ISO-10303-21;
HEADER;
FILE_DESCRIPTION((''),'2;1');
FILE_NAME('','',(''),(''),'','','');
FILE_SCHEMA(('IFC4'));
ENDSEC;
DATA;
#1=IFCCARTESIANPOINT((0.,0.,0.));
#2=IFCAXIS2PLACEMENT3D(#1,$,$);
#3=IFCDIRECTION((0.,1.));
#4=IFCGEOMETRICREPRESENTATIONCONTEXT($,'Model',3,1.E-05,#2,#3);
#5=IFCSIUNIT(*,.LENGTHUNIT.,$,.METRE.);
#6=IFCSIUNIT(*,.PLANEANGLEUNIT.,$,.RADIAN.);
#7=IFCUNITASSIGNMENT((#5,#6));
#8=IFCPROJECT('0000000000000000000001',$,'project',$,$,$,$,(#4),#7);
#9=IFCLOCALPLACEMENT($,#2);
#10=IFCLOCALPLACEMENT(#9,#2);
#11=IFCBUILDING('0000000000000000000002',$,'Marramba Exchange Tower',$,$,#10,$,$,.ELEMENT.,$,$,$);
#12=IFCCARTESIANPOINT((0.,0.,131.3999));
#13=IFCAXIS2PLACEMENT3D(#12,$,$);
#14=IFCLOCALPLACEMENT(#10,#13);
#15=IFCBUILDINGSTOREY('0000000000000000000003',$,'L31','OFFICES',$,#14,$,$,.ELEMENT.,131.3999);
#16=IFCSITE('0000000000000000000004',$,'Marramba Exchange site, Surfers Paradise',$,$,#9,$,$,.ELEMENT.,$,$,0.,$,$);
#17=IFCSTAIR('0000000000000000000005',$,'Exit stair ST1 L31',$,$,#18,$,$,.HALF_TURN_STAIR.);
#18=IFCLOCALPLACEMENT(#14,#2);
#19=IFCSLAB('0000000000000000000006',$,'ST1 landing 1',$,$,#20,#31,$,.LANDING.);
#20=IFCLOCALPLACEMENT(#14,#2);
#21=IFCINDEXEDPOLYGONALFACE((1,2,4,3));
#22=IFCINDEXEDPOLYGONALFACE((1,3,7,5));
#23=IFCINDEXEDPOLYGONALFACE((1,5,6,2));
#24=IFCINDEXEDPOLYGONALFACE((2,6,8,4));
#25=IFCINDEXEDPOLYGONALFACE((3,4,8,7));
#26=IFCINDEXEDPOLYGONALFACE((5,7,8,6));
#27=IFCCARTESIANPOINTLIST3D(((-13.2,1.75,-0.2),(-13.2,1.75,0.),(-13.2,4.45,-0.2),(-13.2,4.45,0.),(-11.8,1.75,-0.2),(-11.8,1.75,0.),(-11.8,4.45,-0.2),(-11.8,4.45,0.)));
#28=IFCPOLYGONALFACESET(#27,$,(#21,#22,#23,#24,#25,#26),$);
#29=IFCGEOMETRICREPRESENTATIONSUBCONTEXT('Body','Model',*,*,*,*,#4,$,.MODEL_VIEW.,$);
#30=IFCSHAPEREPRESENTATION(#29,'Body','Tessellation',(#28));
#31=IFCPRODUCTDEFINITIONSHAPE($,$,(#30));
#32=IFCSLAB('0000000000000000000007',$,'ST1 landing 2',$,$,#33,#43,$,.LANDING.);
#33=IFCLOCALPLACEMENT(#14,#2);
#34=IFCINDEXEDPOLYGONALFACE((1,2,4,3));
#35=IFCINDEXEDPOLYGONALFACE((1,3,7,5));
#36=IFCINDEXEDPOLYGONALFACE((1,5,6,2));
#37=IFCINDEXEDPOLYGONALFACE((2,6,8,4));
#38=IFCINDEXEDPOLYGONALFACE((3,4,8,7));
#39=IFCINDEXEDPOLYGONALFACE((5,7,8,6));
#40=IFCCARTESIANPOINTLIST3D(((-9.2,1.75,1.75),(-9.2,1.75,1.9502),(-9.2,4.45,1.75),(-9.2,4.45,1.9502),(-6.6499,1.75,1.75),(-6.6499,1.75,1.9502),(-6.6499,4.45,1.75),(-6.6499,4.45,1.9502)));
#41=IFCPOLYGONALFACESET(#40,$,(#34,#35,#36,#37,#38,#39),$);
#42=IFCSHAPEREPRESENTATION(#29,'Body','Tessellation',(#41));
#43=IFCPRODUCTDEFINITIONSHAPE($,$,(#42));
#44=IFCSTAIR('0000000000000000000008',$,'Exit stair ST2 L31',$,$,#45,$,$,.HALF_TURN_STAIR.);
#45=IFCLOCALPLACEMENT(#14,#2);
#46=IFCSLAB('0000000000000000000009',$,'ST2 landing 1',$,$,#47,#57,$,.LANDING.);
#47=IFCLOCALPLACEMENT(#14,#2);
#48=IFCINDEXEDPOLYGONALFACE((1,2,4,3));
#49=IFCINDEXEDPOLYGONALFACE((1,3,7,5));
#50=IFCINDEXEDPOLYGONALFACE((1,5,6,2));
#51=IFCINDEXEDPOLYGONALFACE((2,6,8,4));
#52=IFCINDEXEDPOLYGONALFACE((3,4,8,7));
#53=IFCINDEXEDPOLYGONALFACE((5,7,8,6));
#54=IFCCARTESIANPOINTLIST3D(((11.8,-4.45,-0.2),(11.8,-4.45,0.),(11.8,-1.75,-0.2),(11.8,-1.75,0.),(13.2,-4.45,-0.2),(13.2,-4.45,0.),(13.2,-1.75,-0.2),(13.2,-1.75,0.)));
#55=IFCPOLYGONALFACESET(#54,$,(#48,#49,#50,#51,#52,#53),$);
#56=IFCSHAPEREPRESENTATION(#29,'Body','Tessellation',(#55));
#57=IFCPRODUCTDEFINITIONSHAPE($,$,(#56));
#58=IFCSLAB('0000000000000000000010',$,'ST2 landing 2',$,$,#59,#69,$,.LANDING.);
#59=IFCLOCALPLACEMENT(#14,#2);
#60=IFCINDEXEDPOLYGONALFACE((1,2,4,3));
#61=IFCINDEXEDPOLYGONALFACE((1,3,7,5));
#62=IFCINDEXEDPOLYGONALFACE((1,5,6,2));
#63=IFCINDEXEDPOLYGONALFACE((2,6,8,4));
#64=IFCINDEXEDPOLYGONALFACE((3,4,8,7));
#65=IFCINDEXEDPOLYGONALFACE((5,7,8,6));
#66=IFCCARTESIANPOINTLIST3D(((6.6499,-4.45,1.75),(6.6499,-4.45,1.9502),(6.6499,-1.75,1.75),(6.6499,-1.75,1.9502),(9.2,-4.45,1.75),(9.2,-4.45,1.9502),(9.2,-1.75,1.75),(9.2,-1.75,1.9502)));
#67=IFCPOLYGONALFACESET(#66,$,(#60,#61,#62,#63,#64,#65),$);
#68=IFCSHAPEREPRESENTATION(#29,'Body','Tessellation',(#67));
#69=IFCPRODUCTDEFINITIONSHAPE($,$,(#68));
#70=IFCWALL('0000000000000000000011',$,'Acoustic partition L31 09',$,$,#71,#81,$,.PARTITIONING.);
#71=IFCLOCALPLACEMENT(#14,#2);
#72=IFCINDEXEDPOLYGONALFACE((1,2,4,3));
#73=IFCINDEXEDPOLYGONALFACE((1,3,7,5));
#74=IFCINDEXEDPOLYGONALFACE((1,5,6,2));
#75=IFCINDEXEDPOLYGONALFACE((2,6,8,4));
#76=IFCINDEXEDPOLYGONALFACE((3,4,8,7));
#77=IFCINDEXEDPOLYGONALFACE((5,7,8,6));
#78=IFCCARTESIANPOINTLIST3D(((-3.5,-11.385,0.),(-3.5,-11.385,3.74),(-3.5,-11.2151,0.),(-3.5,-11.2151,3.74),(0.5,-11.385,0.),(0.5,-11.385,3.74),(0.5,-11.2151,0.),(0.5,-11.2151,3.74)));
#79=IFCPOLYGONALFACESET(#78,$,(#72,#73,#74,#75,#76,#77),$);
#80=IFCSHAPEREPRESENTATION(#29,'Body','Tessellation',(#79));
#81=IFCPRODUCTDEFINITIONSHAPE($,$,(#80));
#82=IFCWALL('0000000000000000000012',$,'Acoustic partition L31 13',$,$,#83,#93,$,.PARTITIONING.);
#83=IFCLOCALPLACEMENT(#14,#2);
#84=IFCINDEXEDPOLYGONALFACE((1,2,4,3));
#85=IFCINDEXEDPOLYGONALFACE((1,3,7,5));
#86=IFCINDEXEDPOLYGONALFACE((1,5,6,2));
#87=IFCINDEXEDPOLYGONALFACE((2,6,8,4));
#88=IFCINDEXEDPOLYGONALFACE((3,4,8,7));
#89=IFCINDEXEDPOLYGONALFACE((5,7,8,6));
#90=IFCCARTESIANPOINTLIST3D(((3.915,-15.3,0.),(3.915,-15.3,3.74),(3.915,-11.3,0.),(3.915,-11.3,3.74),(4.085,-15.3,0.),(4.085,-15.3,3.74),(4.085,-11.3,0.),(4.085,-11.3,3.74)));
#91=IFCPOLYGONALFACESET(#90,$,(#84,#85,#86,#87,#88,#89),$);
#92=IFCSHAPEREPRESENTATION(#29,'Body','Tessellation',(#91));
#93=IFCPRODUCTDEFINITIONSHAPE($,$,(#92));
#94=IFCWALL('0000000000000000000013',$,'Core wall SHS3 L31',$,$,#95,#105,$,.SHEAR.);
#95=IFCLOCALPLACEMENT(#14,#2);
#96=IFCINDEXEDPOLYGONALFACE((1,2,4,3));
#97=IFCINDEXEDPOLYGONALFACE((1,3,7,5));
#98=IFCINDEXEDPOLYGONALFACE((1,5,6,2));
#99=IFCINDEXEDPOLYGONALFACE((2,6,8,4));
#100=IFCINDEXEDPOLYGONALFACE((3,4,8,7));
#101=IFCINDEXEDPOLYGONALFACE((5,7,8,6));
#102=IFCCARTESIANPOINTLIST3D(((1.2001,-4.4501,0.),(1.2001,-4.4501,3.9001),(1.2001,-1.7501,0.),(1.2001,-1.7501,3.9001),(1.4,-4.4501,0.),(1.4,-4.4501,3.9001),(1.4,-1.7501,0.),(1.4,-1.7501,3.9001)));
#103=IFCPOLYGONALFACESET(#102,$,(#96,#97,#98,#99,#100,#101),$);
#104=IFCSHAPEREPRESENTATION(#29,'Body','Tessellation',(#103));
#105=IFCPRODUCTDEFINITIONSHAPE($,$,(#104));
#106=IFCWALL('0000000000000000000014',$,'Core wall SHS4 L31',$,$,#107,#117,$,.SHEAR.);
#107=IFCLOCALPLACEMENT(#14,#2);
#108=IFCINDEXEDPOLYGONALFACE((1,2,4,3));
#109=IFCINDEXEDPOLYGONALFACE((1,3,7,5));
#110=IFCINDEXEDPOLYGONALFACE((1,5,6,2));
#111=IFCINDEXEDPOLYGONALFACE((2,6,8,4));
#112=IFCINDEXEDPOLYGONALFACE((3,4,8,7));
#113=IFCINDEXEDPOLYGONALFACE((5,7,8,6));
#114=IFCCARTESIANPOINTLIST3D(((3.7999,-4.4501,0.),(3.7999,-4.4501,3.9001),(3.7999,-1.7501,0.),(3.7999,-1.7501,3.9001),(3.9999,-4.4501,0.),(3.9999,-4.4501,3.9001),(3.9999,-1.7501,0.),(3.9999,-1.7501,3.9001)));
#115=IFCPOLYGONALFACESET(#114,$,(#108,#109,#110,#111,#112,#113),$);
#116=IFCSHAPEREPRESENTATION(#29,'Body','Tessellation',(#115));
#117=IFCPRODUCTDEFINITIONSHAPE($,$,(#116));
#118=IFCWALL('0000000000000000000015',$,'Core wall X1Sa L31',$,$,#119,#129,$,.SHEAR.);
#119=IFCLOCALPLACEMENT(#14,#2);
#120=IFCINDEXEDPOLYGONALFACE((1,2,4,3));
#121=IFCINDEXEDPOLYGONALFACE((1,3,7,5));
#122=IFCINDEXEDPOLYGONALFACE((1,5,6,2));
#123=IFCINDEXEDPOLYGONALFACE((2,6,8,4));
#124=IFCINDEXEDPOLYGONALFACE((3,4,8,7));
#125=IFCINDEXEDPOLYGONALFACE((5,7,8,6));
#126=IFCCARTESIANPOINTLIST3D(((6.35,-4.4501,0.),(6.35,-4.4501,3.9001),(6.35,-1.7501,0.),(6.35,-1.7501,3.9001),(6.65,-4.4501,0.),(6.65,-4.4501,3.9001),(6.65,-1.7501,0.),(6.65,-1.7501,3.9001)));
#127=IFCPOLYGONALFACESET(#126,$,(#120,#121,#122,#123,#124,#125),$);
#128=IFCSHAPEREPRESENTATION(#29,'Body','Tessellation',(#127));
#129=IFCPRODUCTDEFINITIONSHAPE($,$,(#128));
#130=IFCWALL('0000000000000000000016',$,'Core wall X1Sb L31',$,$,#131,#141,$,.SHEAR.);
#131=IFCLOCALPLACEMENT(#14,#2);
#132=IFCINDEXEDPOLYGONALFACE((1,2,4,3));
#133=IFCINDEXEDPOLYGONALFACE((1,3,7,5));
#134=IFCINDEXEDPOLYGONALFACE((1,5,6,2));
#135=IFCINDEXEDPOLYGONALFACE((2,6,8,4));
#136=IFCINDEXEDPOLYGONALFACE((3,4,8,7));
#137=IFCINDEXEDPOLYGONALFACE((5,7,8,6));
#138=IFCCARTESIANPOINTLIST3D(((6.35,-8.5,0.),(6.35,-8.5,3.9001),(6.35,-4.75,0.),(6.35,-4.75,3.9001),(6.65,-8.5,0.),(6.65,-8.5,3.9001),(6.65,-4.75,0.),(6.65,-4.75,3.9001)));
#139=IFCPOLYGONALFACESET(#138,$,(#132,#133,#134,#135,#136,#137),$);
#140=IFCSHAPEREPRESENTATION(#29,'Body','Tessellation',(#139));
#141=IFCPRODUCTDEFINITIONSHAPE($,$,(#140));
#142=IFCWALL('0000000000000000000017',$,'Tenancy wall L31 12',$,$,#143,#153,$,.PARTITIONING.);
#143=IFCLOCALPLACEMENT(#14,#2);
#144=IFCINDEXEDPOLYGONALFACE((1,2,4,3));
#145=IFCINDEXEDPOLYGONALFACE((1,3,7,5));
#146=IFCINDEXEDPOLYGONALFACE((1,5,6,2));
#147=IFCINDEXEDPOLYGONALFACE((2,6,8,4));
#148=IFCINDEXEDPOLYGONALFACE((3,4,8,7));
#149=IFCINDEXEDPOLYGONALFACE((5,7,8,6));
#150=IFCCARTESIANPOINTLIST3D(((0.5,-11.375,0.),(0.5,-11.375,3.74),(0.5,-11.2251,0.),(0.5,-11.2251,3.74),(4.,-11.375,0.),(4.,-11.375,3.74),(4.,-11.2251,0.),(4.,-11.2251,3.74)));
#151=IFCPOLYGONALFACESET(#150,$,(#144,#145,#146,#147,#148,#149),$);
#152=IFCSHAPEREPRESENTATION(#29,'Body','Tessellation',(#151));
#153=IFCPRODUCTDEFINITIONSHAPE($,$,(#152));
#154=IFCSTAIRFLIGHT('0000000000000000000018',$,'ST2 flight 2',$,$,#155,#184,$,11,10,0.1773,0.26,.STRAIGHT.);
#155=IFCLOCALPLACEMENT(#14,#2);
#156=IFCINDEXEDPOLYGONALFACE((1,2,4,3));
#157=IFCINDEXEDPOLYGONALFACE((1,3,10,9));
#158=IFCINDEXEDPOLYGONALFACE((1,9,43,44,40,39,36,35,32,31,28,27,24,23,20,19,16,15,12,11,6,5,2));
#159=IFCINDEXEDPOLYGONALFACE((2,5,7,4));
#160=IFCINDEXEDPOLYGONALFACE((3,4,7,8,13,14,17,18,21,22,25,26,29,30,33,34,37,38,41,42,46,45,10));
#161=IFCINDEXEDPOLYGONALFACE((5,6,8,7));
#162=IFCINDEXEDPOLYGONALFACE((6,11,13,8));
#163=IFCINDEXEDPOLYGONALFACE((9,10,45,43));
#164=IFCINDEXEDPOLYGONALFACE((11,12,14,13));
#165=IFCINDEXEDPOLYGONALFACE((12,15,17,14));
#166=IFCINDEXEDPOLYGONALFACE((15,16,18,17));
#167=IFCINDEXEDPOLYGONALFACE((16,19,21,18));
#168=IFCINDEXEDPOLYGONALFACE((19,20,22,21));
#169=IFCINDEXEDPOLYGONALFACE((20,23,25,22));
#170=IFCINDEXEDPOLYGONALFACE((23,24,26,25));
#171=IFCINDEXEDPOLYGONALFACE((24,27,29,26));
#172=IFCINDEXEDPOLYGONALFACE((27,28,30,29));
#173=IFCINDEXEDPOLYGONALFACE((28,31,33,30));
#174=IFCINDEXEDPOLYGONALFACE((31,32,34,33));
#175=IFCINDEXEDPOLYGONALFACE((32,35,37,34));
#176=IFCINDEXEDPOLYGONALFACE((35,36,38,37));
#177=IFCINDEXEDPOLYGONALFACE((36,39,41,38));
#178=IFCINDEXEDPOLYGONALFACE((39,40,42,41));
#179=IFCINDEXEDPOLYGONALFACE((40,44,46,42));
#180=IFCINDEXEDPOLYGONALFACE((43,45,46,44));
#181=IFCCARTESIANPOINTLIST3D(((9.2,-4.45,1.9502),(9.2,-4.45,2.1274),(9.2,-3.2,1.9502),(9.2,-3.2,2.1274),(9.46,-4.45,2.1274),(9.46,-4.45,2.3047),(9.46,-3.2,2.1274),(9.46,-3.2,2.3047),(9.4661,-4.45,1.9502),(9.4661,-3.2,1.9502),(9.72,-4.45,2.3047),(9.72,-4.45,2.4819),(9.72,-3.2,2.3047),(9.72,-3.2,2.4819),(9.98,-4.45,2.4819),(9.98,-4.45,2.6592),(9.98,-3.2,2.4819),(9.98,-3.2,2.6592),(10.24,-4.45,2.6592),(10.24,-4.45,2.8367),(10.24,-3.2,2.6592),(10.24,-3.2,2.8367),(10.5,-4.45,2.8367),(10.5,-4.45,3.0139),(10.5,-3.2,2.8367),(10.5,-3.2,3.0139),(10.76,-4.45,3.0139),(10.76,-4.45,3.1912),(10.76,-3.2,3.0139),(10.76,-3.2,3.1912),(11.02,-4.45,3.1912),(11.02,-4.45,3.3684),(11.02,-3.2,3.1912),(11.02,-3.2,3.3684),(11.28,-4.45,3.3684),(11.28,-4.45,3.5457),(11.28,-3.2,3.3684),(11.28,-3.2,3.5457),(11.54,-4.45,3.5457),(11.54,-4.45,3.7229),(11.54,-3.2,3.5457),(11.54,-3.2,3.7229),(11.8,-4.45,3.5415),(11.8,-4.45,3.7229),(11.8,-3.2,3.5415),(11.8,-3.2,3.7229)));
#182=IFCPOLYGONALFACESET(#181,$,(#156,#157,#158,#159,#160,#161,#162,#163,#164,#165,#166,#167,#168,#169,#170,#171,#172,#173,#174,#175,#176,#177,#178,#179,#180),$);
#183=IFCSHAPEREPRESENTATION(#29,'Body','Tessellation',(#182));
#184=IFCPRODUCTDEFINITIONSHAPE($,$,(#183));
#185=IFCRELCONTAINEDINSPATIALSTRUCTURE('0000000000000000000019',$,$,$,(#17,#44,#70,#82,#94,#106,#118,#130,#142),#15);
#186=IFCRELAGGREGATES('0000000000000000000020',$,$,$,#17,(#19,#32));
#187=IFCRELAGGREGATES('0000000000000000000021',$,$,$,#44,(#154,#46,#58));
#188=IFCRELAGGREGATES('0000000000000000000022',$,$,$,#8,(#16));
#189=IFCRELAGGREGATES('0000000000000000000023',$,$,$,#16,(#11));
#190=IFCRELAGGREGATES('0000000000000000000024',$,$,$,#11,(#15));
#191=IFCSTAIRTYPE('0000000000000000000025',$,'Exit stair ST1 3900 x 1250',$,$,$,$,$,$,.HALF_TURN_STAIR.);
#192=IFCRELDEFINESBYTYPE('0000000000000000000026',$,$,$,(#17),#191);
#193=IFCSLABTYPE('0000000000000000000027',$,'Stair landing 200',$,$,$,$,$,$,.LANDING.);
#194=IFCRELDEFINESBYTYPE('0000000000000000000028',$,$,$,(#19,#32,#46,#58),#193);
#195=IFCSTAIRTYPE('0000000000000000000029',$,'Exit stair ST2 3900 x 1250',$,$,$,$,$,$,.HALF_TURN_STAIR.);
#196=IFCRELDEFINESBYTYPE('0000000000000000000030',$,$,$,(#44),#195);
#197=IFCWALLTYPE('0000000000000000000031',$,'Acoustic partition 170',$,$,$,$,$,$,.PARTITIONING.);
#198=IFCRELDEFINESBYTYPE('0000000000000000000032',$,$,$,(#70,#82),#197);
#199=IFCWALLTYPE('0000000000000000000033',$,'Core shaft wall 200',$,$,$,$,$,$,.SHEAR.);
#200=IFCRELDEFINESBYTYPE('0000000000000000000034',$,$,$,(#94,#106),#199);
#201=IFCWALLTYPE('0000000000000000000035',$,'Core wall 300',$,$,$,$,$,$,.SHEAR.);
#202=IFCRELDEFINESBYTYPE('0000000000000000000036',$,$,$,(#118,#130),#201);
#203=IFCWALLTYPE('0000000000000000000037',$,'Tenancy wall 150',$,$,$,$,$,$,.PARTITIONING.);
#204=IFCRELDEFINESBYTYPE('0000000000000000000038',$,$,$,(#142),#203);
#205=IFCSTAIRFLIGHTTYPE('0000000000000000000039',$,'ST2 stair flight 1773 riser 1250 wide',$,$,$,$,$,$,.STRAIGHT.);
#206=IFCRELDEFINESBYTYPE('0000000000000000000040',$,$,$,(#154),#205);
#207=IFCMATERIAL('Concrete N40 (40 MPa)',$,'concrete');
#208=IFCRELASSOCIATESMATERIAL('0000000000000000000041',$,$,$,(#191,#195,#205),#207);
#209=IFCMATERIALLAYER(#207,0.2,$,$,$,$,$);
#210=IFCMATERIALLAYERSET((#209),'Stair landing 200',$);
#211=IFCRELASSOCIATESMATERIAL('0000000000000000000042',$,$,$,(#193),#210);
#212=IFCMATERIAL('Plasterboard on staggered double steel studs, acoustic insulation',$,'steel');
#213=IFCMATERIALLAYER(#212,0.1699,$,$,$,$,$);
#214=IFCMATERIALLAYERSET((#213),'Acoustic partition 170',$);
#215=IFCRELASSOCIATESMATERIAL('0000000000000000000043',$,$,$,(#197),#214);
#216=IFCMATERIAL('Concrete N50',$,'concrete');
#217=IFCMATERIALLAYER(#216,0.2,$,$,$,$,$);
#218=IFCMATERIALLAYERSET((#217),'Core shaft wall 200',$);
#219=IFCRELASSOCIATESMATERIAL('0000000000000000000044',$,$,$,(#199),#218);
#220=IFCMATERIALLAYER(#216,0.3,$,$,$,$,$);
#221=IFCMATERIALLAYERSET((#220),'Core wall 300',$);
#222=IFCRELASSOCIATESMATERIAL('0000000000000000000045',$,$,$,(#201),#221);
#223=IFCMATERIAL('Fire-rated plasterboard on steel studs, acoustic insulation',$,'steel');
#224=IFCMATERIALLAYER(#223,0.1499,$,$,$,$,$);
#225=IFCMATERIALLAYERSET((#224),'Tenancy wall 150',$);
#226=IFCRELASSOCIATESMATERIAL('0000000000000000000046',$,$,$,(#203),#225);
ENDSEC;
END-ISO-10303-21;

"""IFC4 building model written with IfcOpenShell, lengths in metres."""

from ifc_helpers import new_model, si_unit, direction, frame, frame_2d, origin, place, context, subcontext, project, spatial, polyline, rectangle, outline, extrude, material, layer, layer_set, type_object, element, aggregate, save


model = new_model("IFC4")

# Units and contexts
model_context = context("Model", 3, precision=1e-05, world=origin(), true_north=direction((0.0, 1.0)))
body_context = subcontext(model_context, "Body", "Model", "MODEL_VIEW")
ifc_project = project(units=[si_unit("LENGTHUNIT", "METRE"), si_unit("PLANEANGLEUNIT", "RADIAN")], contexts=[model_context])

# Site, building, storey
site_placement = place(None, origin())
site = spatial("IfcSite", under=ifc_project, at=site_placement, Name="Marramba Exchange site, Surfers Paradise", CompositionType="ELEMENT", RefElevation=0.0)
building_placement = place(site_placement, origin())
building = spatial("IfcBuilding", under=site, at=building_placement, Name="Marramba Exchange Tower", CompositionType="ELEMENT")
storey_placement = place(building_placement, frame((0.0, 0.0, 131.3999)))
storey = spatial("IfcBuildingStorey", under=building, at=storey_placement, Name="L31", Description="OFFICES", CompositionType="ELEMENT", Elevation=131.3999)

# Stairs, slabs
ifc_material_1 = material(Name="Concrete N40 (40 MPa)", Category="concrete")
stair_type_1 = type_object("IfcStairType", Name="Exit stair ST1 3900 x 1250", PredefinedType="HALF_TURN_STAIR", material=ifc_material_1)
stair_1_placement = place(storey_placement, origin())
stair_1 = element("IfcStair", 1, at=stair_1_placement, inside=storey, type_object=stair_type_1, Name="Exit stair ST1 L31", PredefinedType="HALF_TURN_STAIR")
ifc_layer_1 = layer(ifc_material_1, 0.2)
ifc_layer_set_1 = layer_set([ifc_layer_1], Name="Stair landing 200")
slab_type = type_object("IfcSlabType", Name="Stair landing 200", PredefinedType="LANDING", material=ifc_layer_set_1)
slab_1_placement = place(storey_placement, frame((0.0, 0.0, -0.2)))
slab_1 = element("IfcSlab", 2, at=slab_1_placement, type_object=slab_type, Name="ST1 landing 1", PredefinedType="LANDING", context=body_context, shape_type="SweptSolid", body=[
    extrude(outline(polyline([(-13.2, 1.75), (-11.8, 1.75), (-11.8, 4.45), (-13.2, 4.45), (-13.2, 1.75)])), origin(), (0.0, 0.0, 1.0), 0.2),
])
slab_2_placement = place(storey_placement, frame((0.0, 0.0, 1.75)))
slab_2 = element("IfcSlab", 3, at=slab_2_placement, type_object=slab_type, Name="ST1 landing 2", PredefinedType="LANDING", context=body_context, shape_type="SweptSolid", body=[
    extrude(outline(polyline([(-9.2, 1.75), (-6.6499, 1.75), (-6.6499, 4.45), (-9.2, 4.45), (-9.2, 1.75)])), origin(), (0.0, 0.0, 1.0), 0.2002),
])
aggregate(stair_1, [slab_1, slab_2])
stair_type_2 = type_object("IfcStairType", Name="Exit stair ST2 3900 x 1250", PredefinedType="HALF_TURN_STAIR", material=ifc_material_1)
stair_2_placement = place(storey_placement, origin())
stair_2 = element("IfcStair", 4, at=stair_2_placement, inside=storey, type_object=stair_type_2, Name="Exit stair ST2 L31", PredefinedType="HALF_TURN_STAIR")
slab_3_placement = place(storey_placement, frame((0.0, 0.0, -0.2)))
slab_3 = element("IfcSlab", 5, at=slab_3_placement, type_object=slab_type, Name="ST2 landing 1", PredefinedType="LANDING", context=body_context, shape_type="SweptSolid", body=[
    extrude(outline(polyline([(11.8, -4.45), (13.2, -4.45), (13.2, -1.75), (11.8, -1.75), (11.8, -4.45)])), origin(), (0.0, 0.0, 1.0), 0.2),
])
slab_4_placement = place(storey_placement, frame((0.0, 0.0, 1.75)))
slab_4 = element("IfcSlab", 6, at=slab_4_placement, type_object=slab_type, Name="ST2 landing 2", PredefinedType="LANDING", context=body_context, shape_type="SweptSolid", body=[
    extrude(outline(polyline([(6.6499, -4.45), (9.2, -4.45), (9.2, -1.75), (6.6499, -1.75), (6.6499, -4.45)])), origin(), (0.0, 0.0, 1.0), 0.2002),
])

# Walls
ifc_material_2 = material(Name="Plasterboard on staggered double steel studs, acoustic insulation", Category="steel")
ifc_layer_2 = layer(ifc_material_2, 0.1699)
ifc_layer_set_2 = layer_set([ifc_layer_2], Name="Acoustic partition 170")
wall_type_1 = type_object("IfcWallType", Name="Acoustic partition 170", PredefinedType="PARTITIONING", material=ifc_layer_set_2)
for number, where, z_axis, x_axis, name in (
    (7, (0.5, -11.3, 0.0), (0.0, 0.0, 1.0), (-1.0, 0.0, 0.0), "Acoustic partition L31 09"),
    (8, (4.0, -11.3, 0.0), (0.0, 0.0, 1.0), (0.0, -1.0, 0.0), "Acoustic partition L31 13"),
):
    element("IfcWall", number, at=place(storey_placement, frame(where, z_axis=z_axis, x_axis=x_axis)), inside=storey, type_object=wall_type_1, Name=name, PredefinedType="PARTITIONING", context=body_context, shape_type="SweptSolid", body=[
        extrude(rectangle(XDim=4.0, YDim=0.1699, at=frame_2d((2.0, 0.0))), origin(), (0.0, 0.0, 1.0), 3.74),
    ])
ifc_material_3 = material(Name="Concrete N50", Category="concrete")
ifc_layer_3 = layer(ifc_material_3, 0.2)
ifc_layer_set_3 = layer_set([ifc_layer_3], Name="Core shaft wall 200")
wall_type_2 = type_object("IfcWallType", Name="Core shaft wall 200", PredefinedType="SHEAR", material=ifc_layer_set_3)
for number, where, z_axis, x_axis, name in (
    (9, (1.3, -1.75, 0.0), (0.0, 0.0, 1.0), (0.0, -1.0, 0.0), "Core wall SHS3 L31"),
    (10, (3.8999, -1.75, 0.0), (0.0, 0.0, 1.0), (0.0, -1.0, 0.0), "Core wall SHS4 L31"),
):
    element("IfcWall", number, at=place(storey_placement, frame(where, z_axis=z_axis, x_axis=x_axis)), inside=storey, type_object=wall_type_2, Name=name, PredefinedType="SHEAR", context=body_context, shape_type="SweptSolid", body=[
        extrude(rectangle(XDim=2.7, YDim=0.2, at=frame_2d((1.3501, 0.0))), origin(), (0.0, 0.0, 1.0), 3.9001),
    ])
ifc_layer_4 = layer(ifc_material_3, 0.3)
ifc_layer_set_4 = layer_set([ifc_layer_4], Name="Core wall 300")
wall_type_3 = type_object("IfcWallType", Name="Core wall 300", PredefinedType="SHEAR", material=ifc_layer_set_4)
wall_1_placement = place(storey_placement, frame((6.5, -1.75, 0.0), z_axis=(0.0, 0.0, 1.0), x_axis=(0.0, -1.0, 0.0)))
element("IfcWall", 11, at=wall_1_placement, inside=storey, type_object=wall_type_3, Name="Core wall X1Sa L31", PredefinedType="SHEAR", context=body_context, shape_type="SweptSolid", body=[
    extrude(rectangle(XDim=2.7, YDim=0.3, at=frame_2d((1.3501, 0.0))), origin(), (0.0, 0.0, 1.0), 3.9001),
])
wall_2_placement = place(storey_placement, frame((6.5, -4.75, 0.0), z_axis=(0.0, 0.0, 1.0), x_axis=(0.0, -1.0, 0.0)))
element("IfcWall", 12, at=wall_2_placement, inside=storey, type_object=wall_type_3, Name="Core wall X1Sb L31", PredefinedType="SHEAR", context=body_context, shape_type="SweptSolid", body=[
    extrude(rectangle(XDim=3.75, YDim=0.3, at=frame_2d((1.875, 0.0))), origin(), (0.0, 0.0, 1.0), 3.9001),
])

# Wall
ifc_material_4 = material(Name="Fire-rated plasterboard on steel studs, acoustic insulation", Category="steel")
ifc_layer_5 = layer(ifc_material_4, 0.1499)
ifc_layer_set_5 = layer_set([ifc_layer_5], Name="Tenancy wall 150")
wall_type_4 = type_object("IfcWallType", Name="Tenancy wall 150", PredefinedType="PARTITIONING", material=ifc_layer_set_5)
wall_3_placement = place(storey_placement, frame((0.5, -11.3, 0.0), z_axis=(0.0, 0.0, 1.0), x_axis=(1.0, 0.0, 0.0)))
element("IfcWall", 13, at=wall_3_placement, inside=storey, type_object=wall_type_4, Name="Tenancy wall L31 12", PredefinedType="PARTITIONING", context=body_context, shape_type="SweptSolid", body=[
    extrude(rectangle(XDim=3.5, YDim=0.1499, at=frame_2d((1.75, 0.0))), origin(), (0.0, 0.0, 1.0), 3.74),
])

# Stair flight
stair_flight_type = type_object("IfcStairFlightType", Name="ST2 stair flight 1773 riser 1250 wide", PredefinedType="STRAIGHT", material=ifc_material_1)
stair_flight_placement = place(storey_placement, frame((9.2, -3.825, 1.9502), z_axis=(0.0, 0.0, 1.0), x_axis=(1.0, 0.0, 0.0)))
stair_flight = element("IfcStairFlight", 14, at=stair_flight_placement, type_object=stair_flight_type, Name="ST2 flight 2", NumberOfRisers=11, NumberOfTreads=10, PredefinedType="STRAIGHT", RiserHeight=0.1773, TreadLength=0.26, context=body_context, shape_type="SweptSolid", body=[
    extrude(outline(polyline([(0.0, 0.0), (0.0, 0.1772), (0.26, 0.1772), (0.26, 0.3545), (0.52, 0.3545), (0.52, 0.5317), (0.78, 0.5317), (0.78, 0.709), (1.04, 0.709), (1.04, 0.8865), (1.3, 0.8865), (1.3, 1.0637), (1.5601, 1.0637), (1.5601, 1.241), (1.8201, 1.241), (1.8201, 1.4182), (2.0801, 1.4182), (2.0801, 1.5955), (2.3401, 1.5955), (2.3401, 1.7727), (2.6001, 1.7727), (2.6001, 1.95), (2.6001, 1.5913), (0.2661, 0.0), (0.0, 0.0)])), frame((0.0, 0.625, 0.0), z_axis=(0.0, -1.0, 0.0), x_axis=(1.0, 0.0, 0.0)), (0.0, 0.0, 1.0), 1.25),
])
aggregate(stair_2, [stair_flight, slab_3, slab_4])

save(model, "model.ifc")
